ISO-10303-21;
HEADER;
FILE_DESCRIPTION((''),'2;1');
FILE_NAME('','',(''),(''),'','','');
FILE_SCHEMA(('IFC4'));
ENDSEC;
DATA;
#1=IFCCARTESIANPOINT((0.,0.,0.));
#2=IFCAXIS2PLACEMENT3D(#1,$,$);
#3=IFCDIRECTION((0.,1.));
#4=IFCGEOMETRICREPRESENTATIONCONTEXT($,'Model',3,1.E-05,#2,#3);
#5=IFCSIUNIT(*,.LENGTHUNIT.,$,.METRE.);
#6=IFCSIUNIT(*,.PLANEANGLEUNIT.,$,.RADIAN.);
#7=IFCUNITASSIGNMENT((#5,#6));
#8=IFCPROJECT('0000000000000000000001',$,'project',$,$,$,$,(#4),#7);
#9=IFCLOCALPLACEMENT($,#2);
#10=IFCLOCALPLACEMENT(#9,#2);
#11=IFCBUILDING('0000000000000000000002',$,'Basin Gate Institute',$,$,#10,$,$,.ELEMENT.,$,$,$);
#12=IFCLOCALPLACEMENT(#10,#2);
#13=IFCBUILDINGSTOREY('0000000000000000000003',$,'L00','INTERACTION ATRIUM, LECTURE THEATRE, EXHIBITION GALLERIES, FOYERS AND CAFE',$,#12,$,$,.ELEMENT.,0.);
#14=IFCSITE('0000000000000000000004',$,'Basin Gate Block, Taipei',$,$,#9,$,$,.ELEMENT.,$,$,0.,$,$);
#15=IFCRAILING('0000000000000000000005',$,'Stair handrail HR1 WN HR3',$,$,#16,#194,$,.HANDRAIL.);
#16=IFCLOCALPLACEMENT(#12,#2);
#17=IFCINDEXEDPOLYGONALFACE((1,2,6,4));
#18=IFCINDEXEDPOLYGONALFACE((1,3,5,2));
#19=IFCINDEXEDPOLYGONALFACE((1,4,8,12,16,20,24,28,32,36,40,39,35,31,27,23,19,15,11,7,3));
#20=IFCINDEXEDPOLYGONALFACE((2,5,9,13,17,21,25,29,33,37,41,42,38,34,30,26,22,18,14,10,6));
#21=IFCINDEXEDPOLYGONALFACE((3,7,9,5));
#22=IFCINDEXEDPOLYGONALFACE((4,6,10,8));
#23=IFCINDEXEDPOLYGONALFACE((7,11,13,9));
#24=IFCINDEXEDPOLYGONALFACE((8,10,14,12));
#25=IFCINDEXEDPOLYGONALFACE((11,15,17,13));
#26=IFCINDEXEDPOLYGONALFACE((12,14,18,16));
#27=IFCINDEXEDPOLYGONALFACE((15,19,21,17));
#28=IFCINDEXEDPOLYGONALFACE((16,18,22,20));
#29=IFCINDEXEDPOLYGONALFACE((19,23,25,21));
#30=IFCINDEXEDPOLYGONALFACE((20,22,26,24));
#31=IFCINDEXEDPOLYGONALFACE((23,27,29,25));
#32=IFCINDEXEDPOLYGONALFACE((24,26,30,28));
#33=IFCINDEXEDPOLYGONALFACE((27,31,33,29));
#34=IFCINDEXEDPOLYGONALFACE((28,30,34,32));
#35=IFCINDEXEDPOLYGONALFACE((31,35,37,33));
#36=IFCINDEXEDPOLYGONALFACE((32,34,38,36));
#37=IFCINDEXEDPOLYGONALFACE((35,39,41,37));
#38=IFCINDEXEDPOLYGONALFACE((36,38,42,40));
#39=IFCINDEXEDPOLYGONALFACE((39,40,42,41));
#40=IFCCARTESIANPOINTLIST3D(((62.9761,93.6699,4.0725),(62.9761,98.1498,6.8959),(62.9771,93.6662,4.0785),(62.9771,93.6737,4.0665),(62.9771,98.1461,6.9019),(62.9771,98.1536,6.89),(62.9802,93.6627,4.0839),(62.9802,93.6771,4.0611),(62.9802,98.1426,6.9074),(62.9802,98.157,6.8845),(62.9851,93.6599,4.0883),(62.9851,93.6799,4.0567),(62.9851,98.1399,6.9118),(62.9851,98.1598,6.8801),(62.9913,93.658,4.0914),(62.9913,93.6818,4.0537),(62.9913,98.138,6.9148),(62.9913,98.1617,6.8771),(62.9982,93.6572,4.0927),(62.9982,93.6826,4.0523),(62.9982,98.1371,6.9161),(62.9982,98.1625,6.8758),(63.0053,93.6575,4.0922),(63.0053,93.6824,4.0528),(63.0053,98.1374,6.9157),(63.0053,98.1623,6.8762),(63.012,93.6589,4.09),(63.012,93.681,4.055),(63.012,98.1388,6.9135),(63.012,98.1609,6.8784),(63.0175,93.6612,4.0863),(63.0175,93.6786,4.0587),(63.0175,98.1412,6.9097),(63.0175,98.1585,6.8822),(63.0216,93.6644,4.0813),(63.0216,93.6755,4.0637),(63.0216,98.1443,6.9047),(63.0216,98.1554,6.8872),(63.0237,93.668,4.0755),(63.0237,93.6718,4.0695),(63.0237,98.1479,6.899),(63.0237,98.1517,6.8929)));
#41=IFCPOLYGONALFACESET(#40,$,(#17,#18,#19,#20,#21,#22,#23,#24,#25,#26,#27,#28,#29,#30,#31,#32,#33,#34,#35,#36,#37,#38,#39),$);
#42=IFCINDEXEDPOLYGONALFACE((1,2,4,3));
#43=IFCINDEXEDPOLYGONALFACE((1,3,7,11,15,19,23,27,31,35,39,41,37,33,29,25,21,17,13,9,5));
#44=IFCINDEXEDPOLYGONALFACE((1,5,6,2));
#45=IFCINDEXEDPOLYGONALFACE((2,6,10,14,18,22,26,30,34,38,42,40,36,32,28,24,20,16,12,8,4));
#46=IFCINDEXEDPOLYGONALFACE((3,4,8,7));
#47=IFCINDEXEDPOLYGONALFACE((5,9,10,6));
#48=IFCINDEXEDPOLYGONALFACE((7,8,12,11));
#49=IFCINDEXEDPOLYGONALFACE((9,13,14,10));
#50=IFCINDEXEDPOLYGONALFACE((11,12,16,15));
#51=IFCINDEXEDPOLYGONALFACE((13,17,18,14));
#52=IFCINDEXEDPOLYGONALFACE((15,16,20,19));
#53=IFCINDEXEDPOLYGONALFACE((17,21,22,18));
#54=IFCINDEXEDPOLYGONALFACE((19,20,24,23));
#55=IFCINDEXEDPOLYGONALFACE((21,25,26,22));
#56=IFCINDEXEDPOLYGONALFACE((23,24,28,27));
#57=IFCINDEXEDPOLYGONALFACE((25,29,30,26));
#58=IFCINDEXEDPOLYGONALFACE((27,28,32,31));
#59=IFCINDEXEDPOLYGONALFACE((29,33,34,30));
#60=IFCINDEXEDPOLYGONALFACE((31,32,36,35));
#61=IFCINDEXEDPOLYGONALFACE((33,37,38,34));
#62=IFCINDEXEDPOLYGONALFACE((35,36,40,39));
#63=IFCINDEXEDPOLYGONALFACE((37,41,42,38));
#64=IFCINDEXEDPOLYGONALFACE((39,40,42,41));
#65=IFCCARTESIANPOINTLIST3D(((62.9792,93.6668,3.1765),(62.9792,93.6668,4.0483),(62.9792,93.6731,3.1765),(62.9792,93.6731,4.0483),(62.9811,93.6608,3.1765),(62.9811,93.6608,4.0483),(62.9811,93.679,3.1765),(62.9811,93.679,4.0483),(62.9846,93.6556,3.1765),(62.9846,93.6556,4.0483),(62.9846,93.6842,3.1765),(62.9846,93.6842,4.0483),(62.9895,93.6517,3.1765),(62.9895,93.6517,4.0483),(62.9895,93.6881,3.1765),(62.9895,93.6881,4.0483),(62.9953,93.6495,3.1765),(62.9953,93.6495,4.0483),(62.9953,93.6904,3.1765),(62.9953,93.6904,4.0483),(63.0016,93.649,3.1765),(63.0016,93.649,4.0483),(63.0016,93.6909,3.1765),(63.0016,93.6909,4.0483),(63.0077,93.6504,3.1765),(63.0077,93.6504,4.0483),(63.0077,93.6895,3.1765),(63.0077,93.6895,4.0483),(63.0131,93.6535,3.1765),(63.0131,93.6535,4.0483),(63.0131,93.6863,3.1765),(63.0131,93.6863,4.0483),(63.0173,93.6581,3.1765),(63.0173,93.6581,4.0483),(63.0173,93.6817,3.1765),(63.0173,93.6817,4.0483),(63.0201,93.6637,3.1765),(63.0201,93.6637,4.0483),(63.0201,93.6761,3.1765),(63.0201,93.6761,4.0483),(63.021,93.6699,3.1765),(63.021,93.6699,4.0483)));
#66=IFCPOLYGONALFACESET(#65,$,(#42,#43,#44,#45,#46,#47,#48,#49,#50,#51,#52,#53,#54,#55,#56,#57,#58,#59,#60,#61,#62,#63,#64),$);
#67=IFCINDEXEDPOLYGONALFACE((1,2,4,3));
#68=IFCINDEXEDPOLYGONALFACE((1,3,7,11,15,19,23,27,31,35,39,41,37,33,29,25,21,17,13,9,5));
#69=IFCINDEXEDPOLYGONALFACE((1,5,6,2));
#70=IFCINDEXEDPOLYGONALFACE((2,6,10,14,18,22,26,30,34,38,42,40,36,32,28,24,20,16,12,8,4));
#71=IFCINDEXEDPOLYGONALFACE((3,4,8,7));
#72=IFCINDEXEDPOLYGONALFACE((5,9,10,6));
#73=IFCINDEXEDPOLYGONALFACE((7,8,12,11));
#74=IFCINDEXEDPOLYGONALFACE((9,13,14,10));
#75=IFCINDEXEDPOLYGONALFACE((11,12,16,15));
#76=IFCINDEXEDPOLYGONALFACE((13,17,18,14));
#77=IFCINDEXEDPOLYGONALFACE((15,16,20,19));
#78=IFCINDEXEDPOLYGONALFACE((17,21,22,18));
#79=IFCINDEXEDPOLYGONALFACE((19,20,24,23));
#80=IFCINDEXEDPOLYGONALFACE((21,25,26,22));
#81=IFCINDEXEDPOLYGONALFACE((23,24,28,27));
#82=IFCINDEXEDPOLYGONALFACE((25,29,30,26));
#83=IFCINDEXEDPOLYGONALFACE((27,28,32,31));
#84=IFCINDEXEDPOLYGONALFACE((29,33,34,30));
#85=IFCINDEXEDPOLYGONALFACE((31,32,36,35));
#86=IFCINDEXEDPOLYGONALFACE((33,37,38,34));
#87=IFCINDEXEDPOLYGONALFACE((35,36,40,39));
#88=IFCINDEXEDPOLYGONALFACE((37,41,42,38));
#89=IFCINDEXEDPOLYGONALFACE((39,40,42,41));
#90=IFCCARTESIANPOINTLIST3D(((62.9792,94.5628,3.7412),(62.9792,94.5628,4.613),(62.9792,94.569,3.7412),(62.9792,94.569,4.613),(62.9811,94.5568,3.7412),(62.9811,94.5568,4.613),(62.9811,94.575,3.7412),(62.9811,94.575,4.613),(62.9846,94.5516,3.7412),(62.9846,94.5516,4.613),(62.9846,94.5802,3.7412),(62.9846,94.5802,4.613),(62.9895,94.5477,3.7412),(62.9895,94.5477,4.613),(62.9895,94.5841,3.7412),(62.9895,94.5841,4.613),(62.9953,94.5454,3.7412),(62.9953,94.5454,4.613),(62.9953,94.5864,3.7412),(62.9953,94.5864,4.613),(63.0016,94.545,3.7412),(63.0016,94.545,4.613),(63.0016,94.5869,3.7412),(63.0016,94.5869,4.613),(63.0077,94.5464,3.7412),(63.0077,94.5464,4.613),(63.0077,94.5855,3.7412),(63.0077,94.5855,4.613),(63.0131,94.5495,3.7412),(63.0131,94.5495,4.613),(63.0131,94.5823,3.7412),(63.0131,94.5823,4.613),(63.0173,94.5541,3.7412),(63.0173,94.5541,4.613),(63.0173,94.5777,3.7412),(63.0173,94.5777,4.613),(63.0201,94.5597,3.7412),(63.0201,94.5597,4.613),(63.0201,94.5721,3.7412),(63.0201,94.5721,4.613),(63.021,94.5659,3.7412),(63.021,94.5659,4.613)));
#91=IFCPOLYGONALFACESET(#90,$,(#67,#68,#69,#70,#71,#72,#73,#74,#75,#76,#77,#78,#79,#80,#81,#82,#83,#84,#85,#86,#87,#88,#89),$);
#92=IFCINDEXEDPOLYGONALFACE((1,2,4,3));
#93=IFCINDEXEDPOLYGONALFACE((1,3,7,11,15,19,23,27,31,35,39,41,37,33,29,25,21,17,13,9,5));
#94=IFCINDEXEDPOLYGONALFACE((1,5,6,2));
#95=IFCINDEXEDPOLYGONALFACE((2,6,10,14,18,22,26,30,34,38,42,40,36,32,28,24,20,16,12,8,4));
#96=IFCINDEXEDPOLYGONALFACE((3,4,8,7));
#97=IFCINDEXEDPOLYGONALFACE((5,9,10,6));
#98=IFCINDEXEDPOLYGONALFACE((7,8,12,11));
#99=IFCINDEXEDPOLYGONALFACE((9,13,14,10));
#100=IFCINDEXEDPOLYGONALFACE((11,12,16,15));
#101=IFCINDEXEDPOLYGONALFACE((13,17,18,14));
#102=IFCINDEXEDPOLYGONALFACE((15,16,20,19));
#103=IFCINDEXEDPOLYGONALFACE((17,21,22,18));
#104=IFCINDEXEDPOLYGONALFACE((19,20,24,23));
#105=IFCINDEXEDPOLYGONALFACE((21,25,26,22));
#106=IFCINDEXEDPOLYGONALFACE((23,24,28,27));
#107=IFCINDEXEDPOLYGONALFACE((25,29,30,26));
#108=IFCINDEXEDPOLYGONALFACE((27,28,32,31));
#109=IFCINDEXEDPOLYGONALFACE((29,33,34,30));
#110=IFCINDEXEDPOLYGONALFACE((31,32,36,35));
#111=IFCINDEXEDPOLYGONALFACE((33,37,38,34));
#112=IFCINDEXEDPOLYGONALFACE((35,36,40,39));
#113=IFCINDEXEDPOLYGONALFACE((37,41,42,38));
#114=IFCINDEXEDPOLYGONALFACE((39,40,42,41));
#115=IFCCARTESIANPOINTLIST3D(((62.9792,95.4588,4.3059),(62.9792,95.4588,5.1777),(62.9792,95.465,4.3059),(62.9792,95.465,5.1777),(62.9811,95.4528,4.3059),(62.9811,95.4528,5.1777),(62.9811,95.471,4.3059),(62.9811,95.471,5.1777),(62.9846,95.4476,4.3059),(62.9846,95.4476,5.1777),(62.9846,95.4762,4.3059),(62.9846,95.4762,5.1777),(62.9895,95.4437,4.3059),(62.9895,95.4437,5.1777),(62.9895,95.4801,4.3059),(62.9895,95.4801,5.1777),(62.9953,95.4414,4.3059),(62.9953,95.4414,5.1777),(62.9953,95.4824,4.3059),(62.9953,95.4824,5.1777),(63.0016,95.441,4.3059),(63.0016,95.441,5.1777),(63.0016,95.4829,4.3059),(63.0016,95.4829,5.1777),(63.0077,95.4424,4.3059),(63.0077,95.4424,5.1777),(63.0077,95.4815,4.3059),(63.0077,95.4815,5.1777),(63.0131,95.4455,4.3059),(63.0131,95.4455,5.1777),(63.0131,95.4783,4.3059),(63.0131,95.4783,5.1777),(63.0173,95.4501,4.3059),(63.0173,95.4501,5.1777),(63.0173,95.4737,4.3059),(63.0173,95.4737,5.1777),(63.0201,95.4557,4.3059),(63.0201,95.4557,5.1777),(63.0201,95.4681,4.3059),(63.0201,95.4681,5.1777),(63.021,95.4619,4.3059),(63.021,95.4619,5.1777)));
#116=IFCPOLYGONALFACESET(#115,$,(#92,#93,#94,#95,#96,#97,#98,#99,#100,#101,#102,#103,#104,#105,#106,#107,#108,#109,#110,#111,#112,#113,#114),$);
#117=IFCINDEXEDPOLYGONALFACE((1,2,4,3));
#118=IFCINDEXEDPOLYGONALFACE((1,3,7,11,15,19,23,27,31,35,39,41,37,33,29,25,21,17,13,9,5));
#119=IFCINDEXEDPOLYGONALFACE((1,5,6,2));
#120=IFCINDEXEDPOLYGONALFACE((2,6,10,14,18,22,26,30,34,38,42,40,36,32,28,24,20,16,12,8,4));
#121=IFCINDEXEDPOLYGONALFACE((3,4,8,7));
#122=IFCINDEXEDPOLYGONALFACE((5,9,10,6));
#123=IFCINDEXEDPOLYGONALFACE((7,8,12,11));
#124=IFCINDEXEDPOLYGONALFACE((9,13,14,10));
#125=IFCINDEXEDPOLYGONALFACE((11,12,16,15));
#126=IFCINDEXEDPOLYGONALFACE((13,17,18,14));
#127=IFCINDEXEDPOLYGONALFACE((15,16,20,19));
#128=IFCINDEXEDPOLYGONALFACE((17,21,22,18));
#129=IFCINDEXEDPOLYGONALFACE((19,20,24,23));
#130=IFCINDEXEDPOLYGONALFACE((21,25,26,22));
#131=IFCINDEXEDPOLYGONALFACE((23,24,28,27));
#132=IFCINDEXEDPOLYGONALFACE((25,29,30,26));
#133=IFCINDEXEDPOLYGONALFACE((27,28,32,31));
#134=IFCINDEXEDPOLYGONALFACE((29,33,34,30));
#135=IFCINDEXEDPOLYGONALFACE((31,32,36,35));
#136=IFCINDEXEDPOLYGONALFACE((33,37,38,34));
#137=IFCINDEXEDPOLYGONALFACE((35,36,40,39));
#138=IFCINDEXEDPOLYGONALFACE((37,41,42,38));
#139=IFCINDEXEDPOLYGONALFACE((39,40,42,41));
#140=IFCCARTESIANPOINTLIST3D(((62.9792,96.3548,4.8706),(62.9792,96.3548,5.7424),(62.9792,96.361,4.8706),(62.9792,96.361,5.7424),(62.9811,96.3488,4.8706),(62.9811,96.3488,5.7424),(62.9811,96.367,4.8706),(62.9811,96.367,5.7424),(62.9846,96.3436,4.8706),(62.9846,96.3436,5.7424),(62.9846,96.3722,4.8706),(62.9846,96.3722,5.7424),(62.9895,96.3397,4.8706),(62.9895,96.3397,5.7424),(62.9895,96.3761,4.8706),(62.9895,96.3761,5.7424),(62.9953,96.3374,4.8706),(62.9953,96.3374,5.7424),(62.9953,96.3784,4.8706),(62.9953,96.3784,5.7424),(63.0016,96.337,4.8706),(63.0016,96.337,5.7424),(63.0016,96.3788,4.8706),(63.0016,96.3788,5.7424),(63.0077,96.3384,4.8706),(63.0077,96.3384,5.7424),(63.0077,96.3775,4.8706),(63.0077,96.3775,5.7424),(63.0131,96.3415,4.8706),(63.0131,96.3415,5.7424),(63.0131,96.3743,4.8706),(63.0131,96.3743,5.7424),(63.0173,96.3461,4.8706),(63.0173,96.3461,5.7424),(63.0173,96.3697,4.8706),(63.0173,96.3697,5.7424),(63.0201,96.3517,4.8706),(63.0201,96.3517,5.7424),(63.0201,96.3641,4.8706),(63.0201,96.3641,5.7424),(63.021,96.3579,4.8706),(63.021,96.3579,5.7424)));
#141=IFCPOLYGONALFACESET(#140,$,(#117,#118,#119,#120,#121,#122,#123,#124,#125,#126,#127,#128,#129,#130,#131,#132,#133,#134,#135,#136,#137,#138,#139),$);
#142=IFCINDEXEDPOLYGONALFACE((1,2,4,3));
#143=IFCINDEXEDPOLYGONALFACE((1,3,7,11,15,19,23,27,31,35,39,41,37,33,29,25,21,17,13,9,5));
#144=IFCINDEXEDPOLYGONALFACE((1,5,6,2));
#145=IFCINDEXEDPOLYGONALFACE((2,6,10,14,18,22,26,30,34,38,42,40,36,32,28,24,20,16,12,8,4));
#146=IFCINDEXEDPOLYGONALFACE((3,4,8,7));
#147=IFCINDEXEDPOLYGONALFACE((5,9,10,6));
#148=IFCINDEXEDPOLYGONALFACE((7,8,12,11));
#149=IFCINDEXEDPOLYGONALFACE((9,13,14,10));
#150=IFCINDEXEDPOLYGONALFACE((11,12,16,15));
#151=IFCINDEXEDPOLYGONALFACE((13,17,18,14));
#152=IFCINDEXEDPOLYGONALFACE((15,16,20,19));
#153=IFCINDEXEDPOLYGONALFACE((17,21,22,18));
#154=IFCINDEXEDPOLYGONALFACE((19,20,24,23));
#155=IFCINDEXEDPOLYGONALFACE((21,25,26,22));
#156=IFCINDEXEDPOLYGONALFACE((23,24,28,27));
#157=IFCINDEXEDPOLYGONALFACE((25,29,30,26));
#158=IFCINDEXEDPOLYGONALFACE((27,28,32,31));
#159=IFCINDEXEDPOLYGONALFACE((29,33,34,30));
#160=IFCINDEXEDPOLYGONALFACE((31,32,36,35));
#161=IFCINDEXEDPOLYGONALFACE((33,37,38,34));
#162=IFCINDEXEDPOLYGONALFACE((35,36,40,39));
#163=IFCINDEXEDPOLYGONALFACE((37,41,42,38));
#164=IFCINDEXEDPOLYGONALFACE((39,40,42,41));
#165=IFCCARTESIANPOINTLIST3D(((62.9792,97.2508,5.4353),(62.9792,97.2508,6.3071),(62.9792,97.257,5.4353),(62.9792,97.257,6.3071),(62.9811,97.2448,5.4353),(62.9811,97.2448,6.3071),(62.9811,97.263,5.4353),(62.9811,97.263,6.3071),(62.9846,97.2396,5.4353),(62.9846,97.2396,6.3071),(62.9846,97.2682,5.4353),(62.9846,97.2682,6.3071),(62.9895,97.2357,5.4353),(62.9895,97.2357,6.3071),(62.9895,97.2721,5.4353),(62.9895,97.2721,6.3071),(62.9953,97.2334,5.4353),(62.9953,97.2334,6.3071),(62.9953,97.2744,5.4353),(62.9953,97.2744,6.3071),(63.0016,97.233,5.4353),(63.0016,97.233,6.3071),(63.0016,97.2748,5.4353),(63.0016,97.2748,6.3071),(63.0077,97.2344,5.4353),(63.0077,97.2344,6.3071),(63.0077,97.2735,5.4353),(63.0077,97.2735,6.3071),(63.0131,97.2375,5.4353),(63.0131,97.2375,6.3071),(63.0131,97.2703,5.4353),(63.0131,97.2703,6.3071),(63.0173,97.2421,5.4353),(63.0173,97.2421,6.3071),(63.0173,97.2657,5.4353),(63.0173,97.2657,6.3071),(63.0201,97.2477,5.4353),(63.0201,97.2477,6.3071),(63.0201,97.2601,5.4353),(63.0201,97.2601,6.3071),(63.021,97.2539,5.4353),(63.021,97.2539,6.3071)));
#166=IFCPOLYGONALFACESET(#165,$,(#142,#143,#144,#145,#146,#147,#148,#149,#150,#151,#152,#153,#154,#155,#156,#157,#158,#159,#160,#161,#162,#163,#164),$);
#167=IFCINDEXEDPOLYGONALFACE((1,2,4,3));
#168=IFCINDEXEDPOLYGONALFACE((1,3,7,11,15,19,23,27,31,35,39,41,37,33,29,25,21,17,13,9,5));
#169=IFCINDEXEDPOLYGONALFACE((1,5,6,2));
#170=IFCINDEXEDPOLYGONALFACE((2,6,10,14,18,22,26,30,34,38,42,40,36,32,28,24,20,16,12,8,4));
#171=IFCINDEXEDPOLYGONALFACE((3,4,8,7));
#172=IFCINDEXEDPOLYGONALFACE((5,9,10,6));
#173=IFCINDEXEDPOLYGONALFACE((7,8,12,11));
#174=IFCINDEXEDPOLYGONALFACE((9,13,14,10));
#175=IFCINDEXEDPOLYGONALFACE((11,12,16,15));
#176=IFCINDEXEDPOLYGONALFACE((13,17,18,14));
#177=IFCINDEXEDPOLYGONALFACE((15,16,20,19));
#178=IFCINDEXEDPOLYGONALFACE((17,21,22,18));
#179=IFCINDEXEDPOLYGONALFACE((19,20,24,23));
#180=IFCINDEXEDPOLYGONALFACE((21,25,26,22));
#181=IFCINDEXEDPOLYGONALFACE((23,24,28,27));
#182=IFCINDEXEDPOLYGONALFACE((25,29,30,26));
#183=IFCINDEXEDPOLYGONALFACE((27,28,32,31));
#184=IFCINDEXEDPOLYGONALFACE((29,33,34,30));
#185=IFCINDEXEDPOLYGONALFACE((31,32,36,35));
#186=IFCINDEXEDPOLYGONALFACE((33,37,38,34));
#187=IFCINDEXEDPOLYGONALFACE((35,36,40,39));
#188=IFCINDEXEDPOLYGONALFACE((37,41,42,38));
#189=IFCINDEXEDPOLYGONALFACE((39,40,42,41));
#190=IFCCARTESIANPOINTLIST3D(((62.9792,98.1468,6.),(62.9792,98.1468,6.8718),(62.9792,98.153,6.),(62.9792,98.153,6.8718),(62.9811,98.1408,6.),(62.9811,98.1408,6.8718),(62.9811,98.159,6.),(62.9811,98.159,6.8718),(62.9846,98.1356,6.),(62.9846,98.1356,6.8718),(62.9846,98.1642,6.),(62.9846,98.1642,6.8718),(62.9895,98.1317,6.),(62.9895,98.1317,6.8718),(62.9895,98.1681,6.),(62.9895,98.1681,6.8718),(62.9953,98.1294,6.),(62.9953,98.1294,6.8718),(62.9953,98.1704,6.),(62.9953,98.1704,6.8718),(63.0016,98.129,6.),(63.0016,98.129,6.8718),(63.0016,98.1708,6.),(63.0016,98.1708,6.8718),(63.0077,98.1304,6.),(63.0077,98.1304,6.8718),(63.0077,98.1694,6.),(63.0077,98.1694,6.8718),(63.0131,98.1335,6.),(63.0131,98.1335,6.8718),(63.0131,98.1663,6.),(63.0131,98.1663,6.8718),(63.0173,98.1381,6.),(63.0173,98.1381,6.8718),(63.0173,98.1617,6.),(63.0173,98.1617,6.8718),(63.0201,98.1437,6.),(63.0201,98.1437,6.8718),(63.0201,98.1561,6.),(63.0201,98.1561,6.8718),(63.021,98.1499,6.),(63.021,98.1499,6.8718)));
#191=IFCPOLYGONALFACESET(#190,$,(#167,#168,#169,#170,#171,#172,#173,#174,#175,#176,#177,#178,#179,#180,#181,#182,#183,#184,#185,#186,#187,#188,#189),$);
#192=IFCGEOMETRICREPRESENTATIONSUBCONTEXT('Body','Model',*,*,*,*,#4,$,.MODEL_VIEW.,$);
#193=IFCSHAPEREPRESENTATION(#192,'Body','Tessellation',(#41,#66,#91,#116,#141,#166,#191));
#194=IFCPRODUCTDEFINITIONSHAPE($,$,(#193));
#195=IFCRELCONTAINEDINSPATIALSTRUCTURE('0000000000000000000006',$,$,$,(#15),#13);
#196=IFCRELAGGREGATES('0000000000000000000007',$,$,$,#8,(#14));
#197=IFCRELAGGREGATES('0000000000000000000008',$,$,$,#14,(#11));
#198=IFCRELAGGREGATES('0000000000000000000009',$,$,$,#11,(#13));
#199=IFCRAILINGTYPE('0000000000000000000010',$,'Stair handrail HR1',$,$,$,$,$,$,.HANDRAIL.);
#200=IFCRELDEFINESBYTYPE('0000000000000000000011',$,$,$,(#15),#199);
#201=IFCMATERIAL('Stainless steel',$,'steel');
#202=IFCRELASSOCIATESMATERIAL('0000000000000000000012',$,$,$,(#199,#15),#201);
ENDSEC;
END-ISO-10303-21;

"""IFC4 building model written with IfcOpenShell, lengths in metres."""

from ifc_helpers import new_model, si_unit, direction, frame, origin, origin_2d, place, context, subcontext, project, spatial, circle, extrude, material, type_object, element, save


model = new_model("IFC4")

# Units and contexts
model_context = context("Model", 3, precision=1e-05, world=origin(), true_north=direction((0.0, 1.0)))
body_context = subcontext(model_context, "Body", "Model", "MODEL_VIEW")
ifc_project = project(units=[si_unit("LENGTHUNIT", "METRE"), si_unit("PLANEANGLEUNIT", "RADIAN")], contexts=[model_context])

# Site, building, storey
site_placement = place(None, origin())
site = spatial("IfcSite", under=ifc_project, at=site_placement, Name="Basin Gate Block, Taipei", CompositionType="ELEMENT", RefElevation=0.0)
building_placement = place(site_placement, origin())
building = spatial("IfcBuilding", under=site, at=building_placement, Name="Basin Gate Institute", CompositionType="ELEMENT")
storey_placement = place(building_placement, origin())
storey = spatial("IfcBuildingStorey", under=building, at=storey_placement, Name="L00", Description="INTERACTION ATRIUM, LECTURE THEATRE, EXHIBITION GALLERIES, FOYERS AND CAFE", CompositionType="ELEMENT", Elevation=0.0)

# Railing
ifc_material_1 = material(Name="Stainless steel", Category="steel")
railing_type_1 = type_object("IfcRailingType", Name="Stair handrail HR1", PredefinedType="HANDRAIL", material=ifc_material_1)
railing_1_placement = place(storey_placement, frame((63.0, 93.6699, 3.1765)))
element("IfcRailing", 1, at=railing_1_placement, inside=storey, type_object=railing_type_1, material=ifc_material_1, Name="Stair handrail HR1 WN HR3", PredefinedType="HANDRAIL", context=body_context, shape_type="SweptSolid", body=[
    extrude(circle(Radius=0.0239, at=origin_2d()), frame((0.0, 0.0, 0.896), z_axis=(0.0, 0.845998, 0.533186), x_axis=(-1.0, 0.0, 0.0)), (0.0, 0.0, 1.0), 5.2954),
    extrude(circle(Radius=0.021, at=origin_2d()), origin(), (0.0, 0.0, 1.0), 0.8718),
    extrude(circle(Radius=0.021, at=origin_2d()), frame((0.0, 0.896, 0.5647)), (0.0, 0.0, 1.0), 0.8718),
    extrude(circle(Radius=0.021, at=origin_2d()), frame((0.0, 1.792, 1.1294)), (0.0, 0.0, 1.0), 0.8718),
    extrude(circle(Radius=0.021, at=origin_2d()), frame((0.0, 2.688, 1.6941)), (0.0, 0.0, 1.0), 0.8718),
    extrude(circle(Radius=0.021, at=origin_2d()), frame((0.0, 3.584, 2.2588)), (0.0, 0.0, 1.0), 0.8718),
    extrude(circle(Radius=0.021, at=origin_2d()), frame((0.0, 4.48, 2.8235)), (0.0, 0.0, 1.0), 0.8718),
])

save(model, "model.ifc")
